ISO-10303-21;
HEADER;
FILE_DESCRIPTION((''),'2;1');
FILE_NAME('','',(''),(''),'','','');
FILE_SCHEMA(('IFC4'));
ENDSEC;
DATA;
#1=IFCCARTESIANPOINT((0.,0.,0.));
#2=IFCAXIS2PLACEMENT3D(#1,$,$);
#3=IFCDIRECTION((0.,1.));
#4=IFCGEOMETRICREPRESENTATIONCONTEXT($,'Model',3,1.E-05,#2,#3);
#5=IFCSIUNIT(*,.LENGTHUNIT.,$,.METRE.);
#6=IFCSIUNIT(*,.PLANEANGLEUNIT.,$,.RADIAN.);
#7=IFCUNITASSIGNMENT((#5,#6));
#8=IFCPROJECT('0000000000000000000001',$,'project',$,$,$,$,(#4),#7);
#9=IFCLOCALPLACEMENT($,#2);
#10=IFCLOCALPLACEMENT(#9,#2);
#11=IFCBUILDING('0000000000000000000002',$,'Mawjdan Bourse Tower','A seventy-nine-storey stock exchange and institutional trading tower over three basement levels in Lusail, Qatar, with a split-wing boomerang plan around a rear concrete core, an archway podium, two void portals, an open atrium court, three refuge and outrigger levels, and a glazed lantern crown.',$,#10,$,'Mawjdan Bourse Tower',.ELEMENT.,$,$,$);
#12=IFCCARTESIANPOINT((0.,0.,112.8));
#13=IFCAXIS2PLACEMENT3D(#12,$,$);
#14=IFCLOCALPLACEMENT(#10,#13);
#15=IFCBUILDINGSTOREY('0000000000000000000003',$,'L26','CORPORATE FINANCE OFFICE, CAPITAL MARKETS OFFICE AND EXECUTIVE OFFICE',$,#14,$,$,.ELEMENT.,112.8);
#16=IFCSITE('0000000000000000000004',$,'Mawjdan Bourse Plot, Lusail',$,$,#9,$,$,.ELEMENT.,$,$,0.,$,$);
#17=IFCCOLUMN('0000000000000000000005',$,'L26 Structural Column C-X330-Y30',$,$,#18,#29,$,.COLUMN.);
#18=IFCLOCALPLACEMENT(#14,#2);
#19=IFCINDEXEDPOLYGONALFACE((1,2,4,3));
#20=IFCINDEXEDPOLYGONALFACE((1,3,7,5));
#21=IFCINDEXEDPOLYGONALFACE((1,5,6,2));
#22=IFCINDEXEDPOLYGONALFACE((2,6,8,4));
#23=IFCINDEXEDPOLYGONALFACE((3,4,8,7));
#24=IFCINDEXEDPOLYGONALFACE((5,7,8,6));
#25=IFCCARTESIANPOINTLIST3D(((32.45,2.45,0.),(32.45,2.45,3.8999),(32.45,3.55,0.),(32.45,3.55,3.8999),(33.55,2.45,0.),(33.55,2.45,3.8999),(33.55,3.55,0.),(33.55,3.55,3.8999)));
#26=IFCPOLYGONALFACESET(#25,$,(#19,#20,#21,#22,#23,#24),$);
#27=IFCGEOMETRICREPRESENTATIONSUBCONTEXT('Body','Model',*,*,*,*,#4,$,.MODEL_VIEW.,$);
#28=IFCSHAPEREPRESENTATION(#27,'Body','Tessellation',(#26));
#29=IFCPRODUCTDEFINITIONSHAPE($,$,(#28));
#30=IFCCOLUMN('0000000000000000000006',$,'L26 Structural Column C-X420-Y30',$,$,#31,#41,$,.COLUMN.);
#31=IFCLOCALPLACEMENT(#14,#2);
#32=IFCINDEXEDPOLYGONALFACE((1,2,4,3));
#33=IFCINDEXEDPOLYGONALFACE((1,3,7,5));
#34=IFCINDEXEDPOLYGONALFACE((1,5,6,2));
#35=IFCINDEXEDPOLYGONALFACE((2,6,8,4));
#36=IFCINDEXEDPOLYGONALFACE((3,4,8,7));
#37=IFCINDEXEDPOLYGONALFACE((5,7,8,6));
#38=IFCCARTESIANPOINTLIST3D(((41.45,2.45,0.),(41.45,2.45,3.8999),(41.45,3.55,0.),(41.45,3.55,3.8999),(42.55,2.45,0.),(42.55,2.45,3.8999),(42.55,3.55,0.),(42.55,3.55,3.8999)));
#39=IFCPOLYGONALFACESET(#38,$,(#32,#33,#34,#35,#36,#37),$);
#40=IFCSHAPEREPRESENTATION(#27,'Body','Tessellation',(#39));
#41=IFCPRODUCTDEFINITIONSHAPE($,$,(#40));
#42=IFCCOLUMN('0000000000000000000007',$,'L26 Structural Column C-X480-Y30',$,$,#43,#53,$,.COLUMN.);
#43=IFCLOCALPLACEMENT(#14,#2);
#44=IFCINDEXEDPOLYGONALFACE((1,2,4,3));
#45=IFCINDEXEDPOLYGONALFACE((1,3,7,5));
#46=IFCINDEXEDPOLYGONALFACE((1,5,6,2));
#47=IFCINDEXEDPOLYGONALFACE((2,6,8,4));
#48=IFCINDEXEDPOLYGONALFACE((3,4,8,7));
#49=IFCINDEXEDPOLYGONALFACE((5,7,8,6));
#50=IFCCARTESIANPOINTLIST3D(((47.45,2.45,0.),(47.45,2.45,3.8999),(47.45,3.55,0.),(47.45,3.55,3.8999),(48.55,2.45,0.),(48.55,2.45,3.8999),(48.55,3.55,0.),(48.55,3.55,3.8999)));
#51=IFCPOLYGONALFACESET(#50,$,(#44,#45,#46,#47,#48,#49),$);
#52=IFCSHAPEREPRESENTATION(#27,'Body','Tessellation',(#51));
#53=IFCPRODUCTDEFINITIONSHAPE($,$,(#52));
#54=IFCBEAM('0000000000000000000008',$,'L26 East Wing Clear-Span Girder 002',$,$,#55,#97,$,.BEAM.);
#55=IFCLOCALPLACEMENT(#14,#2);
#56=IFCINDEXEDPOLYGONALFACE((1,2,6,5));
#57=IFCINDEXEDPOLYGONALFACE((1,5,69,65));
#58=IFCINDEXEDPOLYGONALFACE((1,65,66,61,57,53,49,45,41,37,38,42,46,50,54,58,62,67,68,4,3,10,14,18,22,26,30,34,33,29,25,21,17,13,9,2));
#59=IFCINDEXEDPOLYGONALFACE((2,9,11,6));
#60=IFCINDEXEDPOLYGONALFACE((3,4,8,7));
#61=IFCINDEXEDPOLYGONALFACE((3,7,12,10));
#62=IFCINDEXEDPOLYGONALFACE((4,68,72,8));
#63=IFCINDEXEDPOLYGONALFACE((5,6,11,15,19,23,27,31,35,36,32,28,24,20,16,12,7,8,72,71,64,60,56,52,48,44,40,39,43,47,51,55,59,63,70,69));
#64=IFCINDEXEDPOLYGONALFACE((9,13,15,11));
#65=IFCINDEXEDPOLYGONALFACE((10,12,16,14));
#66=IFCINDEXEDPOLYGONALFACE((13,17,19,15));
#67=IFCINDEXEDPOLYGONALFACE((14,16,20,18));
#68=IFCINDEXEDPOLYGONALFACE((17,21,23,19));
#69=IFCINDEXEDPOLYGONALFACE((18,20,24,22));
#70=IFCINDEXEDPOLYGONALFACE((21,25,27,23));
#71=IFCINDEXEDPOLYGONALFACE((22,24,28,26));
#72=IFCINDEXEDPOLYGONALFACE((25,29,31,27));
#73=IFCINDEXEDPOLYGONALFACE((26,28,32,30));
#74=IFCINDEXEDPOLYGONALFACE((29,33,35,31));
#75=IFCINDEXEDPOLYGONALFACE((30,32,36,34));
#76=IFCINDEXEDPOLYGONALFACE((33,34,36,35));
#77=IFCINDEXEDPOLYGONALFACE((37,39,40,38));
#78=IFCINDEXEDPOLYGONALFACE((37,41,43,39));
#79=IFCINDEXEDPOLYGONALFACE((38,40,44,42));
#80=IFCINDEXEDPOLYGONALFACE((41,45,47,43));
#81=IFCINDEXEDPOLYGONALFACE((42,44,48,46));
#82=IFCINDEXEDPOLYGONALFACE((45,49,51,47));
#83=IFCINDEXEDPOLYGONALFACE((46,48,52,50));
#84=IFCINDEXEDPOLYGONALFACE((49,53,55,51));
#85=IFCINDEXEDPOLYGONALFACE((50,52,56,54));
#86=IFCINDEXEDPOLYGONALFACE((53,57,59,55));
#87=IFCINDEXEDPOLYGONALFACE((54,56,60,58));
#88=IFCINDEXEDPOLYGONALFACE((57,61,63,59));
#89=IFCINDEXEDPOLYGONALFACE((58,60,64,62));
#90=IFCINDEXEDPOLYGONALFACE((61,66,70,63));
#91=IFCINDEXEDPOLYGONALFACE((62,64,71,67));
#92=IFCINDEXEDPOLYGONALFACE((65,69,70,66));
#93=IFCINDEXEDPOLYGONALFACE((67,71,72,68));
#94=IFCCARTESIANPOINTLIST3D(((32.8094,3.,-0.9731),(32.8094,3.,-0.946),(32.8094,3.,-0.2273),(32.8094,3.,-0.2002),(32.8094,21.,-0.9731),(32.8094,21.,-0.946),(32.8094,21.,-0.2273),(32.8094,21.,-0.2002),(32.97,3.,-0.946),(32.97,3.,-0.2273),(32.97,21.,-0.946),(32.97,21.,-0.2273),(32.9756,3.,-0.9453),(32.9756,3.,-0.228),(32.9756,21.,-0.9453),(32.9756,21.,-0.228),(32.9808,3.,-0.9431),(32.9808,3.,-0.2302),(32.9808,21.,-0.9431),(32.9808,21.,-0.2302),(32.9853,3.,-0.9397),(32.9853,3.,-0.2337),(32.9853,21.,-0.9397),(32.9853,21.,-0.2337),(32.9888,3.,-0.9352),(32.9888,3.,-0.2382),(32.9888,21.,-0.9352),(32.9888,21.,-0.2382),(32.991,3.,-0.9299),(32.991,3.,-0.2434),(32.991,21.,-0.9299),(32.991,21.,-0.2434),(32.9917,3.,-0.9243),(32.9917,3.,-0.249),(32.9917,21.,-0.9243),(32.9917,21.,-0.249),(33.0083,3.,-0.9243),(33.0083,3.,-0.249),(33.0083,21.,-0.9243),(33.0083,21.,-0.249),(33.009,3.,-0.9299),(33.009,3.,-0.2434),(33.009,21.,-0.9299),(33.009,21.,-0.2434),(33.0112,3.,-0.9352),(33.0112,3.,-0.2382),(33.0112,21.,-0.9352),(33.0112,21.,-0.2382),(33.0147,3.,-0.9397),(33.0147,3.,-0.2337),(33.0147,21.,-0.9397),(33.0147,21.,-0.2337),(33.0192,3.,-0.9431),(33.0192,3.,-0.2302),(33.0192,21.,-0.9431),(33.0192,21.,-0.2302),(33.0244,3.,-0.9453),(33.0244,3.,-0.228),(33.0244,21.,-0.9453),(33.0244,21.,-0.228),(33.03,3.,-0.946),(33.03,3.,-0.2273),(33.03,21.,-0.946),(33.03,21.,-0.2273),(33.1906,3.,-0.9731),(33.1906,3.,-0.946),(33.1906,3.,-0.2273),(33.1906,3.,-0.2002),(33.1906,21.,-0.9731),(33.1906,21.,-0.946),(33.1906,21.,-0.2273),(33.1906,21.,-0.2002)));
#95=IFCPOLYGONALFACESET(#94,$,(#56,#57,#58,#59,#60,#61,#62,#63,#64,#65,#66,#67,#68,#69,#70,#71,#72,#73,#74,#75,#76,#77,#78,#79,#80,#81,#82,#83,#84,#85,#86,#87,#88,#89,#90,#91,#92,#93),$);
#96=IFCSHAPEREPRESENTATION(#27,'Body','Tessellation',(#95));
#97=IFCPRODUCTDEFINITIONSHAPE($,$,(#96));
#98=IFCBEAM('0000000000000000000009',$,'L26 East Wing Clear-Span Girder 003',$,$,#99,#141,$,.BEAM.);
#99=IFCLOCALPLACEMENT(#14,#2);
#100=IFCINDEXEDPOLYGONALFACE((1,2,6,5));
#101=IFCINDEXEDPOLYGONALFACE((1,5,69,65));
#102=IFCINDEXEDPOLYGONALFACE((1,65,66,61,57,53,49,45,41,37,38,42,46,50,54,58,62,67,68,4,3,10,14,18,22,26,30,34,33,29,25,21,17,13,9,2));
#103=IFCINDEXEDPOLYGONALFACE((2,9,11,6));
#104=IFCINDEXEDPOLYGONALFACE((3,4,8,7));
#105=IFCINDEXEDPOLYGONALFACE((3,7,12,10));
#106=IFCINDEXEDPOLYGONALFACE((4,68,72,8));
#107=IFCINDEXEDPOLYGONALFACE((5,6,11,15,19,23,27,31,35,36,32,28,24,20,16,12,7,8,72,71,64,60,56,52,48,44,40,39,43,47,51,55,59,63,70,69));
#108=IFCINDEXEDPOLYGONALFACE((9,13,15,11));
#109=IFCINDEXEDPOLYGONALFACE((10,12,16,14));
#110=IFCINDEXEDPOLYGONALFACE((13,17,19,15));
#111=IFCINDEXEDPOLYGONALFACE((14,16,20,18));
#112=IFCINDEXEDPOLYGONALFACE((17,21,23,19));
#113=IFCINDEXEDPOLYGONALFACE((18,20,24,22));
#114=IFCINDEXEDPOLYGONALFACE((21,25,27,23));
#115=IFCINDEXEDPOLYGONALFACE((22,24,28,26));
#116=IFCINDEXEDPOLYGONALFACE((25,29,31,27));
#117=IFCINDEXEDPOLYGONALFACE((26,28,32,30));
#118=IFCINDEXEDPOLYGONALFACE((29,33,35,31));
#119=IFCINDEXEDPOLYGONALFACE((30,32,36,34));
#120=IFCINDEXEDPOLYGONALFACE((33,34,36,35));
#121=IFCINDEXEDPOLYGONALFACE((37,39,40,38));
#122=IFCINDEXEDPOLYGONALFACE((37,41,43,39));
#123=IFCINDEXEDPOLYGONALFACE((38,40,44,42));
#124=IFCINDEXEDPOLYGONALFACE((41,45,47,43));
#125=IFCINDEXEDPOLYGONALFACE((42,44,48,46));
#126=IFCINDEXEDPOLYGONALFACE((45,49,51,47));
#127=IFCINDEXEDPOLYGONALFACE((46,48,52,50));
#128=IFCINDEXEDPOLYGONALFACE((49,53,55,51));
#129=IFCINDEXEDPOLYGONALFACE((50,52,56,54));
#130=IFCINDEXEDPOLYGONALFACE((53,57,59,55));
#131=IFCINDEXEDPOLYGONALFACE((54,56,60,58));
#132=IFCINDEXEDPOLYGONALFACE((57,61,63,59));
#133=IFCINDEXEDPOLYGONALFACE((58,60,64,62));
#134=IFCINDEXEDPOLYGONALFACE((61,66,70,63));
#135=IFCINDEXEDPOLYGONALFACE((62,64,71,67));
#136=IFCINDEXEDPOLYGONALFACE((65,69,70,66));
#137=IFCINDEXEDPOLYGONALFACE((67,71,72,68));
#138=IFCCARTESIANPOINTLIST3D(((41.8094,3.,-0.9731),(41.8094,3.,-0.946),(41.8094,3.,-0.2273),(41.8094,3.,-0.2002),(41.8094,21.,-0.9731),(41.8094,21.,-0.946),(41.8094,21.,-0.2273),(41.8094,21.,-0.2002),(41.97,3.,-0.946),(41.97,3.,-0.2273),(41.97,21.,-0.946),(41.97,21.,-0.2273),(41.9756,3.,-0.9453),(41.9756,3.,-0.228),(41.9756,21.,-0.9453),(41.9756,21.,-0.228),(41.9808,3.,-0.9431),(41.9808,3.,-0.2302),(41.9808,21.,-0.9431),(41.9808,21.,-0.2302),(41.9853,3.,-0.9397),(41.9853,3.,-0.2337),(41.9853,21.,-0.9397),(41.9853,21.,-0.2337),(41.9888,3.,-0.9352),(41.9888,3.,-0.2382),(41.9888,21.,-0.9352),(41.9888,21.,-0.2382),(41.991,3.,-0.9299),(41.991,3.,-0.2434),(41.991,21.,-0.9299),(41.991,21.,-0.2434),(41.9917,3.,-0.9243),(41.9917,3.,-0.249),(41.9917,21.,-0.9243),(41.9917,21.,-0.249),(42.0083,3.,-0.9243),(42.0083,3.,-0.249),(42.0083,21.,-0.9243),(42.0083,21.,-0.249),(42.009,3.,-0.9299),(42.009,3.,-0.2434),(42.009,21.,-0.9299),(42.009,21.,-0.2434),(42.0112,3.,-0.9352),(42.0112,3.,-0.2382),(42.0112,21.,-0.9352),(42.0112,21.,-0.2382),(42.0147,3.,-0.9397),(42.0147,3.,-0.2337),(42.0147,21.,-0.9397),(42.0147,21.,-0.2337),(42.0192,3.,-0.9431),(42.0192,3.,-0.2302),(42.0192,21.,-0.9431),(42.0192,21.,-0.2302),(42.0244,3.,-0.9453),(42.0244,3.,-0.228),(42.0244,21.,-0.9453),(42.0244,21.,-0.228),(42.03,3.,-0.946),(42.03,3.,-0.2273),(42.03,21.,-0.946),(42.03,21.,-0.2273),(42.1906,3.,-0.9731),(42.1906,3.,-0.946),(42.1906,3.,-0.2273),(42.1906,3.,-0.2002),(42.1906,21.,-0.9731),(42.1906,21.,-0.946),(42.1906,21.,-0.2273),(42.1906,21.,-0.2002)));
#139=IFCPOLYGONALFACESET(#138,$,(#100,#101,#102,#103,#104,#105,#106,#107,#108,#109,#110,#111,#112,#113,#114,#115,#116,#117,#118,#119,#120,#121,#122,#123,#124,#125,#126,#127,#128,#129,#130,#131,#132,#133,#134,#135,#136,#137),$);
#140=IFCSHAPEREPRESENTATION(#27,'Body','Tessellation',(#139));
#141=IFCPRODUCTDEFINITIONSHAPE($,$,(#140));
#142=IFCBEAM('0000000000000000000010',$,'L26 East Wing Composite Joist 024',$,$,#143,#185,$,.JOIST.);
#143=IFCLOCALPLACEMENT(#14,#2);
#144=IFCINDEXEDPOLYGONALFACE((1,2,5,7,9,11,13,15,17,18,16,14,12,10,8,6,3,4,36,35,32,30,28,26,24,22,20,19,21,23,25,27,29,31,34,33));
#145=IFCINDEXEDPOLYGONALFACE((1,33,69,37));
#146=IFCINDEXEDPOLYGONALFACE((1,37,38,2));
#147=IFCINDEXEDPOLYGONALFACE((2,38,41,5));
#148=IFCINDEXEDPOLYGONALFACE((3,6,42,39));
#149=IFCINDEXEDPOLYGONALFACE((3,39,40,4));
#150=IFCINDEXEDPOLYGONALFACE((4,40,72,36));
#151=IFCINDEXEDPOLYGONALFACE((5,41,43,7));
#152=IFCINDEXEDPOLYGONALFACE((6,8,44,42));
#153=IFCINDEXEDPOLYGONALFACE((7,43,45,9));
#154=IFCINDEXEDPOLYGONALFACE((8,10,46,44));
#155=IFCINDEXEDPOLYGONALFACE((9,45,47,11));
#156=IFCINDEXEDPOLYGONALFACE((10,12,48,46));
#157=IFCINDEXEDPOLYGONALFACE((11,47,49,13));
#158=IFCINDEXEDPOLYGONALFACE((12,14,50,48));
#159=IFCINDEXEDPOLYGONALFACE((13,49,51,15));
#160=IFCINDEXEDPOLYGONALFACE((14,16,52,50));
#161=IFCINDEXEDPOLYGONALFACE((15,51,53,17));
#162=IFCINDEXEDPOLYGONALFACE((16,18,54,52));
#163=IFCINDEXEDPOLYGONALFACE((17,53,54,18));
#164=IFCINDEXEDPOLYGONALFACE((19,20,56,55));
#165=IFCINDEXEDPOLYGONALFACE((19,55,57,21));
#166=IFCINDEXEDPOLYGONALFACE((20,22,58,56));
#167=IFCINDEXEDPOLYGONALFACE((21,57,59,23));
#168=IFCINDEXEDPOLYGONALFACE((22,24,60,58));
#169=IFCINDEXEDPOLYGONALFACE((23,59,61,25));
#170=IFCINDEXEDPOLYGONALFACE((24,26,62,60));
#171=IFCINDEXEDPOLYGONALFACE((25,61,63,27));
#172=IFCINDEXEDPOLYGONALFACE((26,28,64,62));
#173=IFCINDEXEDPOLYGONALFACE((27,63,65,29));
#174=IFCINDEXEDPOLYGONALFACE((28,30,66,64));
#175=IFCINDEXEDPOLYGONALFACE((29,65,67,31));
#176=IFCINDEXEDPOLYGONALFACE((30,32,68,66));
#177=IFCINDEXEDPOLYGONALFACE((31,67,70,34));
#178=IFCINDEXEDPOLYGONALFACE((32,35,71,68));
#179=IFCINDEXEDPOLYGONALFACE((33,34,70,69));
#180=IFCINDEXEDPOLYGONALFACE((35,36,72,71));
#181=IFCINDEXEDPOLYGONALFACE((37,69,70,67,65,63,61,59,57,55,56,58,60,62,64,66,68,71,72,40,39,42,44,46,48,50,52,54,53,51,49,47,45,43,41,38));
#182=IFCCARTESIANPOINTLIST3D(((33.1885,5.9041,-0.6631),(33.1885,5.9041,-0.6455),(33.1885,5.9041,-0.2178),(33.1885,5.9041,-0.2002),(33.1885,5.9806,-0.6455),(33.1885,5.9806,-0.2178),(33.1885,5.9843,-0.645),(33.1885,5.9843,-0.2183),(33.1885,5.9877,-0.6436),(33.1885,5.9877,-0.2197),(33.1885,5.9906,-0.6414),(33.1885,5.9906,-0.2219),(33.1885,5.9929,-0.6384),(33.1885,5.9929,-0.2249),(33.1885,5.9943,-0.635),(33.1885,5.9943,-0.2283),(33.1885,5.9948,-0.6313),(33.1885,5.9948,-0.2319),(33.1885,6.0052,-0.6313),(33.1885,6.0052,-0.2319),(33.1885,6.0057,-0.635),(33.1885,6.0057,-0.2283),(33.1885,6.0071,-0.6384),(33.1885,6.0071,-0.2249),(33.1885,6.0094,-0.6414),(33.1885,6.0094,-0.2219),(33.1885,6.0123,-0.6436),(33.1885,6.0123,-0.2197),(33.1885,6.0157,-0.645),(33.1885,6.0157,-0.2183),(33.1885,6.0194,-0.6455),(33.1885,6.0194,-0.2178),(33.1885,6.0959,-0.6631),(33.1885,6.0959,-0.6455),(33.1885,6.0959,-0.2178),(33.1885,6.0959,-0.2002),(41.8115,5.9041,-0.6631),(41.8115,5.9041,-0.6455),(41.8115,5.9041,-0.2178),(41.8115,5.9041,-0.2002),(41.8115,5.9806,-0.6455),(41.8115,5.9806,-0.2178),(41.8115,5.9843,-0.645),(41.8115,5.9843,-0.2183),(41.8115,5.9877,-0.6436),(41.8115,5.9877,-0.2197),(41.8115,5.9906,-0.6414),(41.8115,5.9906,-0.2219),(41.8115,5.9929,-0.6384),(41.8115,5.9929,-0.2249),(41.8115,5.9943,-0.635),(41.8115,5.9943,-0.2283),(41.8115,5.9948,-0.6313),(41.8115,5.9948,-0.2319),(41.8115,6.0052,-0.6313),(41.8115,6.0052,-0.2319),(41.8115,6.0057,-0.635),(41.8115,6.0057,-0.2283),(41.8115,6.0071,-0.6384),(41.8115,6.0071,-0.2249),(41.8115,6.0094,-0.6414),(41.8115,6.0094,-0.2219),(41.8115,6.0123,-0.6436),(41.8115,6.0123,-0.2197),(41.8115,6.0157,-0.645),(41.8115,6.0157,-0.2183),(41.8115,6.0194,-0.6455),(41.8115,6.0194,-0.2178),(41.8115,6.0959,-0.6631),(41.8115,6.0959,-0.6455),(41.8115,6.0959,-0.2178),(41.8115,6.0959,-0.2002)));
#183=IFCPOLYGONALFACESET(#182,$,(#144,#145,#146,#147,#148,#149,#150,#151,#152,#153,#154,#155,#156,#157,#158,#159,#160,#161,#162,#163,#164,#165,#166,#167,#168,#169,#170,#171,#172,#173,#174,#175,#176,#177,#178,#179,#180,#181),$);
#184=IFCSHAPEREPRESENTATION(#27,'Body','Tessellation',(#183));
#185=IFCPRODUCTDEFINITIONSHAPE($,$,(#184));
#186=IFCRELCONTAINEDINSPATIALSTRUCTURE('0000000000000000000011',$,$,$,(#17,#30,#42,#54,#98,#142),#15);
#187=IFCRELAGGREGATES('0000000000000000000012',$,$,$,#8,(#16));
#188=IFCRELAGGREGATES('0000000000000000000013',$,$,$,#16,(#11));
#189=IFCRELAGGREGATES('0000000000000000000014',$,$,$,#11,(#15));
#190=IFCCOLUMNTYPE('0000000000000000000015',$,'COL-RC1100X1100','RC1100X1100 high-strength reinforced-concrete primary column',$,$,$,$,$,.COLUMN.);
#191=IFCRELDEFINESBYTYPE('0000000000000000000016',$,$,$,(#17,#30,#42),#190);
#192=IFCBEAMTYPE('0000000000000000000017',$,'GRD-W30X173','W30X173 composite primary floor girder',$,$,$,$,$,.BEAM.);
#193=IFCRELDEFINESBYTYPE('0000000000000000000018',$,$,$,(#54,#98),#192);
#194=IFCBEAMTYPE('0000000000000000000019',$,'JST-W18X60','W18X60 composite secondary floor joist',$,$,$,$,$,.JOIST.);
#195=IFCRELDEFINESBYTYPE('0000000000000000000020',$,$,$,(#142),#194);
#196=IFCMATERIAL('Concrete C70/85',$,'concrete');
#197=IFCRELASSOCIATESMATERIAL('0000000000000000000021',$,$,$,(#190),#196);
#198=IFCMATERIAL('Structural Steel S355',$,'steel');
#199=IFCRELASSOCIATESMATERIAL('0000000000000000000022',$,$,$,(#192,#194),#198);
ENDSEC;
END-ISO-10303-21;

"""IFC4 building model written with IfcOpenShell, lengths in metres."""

from ifc_helpers import new_model, si_unit, direction, frame, origin, origin_2d, place, context, subcontext, project, spatial, rectangle, i_section, extrude, material, material_profile, profile_set, type_object, element, save


model = new_model("IFC4")

# Units and contexts
model_context = context("Model", 3, precision=1e-05, world=origin(), true_north=direction((0.0, 1.0)))
body_context = subcontext(model_context, "Body", "Model", "MODEL_VIEW")
ifc_project = project(units=[si_unit("LENGTHUNIT", "METRE"), si_unit("PLANEANGLEUNIT", "RADIAN")], contexts=[model_context])

# Site, building, storey
site_placement = place(None, origin())
site = spatial("IfcSite", under=ifc_project, at=site_placement, Name="Mawjdan Bourse Plot, Lusail", CompositionType="ELEMENT", RefElevation=0.0)
building_placement = place(site_placement, origin())
building = spatial("IfcBuilding", under=site, at=building_placement, Name="Mawjdan Bourse Tower", Description="A seventy-nine-storey stock exchange and institutional trading tower over three basement levels in Lusail, Qatar, with a split-wing boomerang plan around a rear concrete core, an archway podium, two void portals, an open atrium court, three refuge and outrigger levels, and a glazed lantern crown.", LongName="Mawjdan Bourse Tower", CompositionType="ELEMENT")
storey_placement = place(building_placement, frame((0.0, 0.0, 112.8)))
storey = spatial("IfcBuildingStorey", under=building, at=storey_placement, Name="L26", Description="CORPORATE FINANCE OFFICE, CAPITAL MARKETS OFFICE AND EXECUTIVE OFFICE", CompositionType="ELEMENT", Elevation=112.8)

# Columns
ifc_material_1 = material(Name="Concrete C70/85", Category="concrete")
ifc_material_profile_1 = material_profile(ifc_material_1, rectangle(XDim=1.1001, YDim=1.1001, at=origin_2d()), Name="RC1100X1100")
ifc_profile_set_1 = profile_set([ifc_material_profile_1], Name="Concrete C70/85")
column_type = type_object("IfcColumnType", Name="COL-RC1100X1100", Description="RC1100X1100 high-strength reinforced-concrete primary column", PredefinedType="COLUMN", material=ifc_profile_set_1)
for number, where, z_axis, x_axis, name in (
    (1, (33.0, 3.0, 0.0), (0.0, 0.0, 1.0), (1.0, 0.0, 0.0), "L26 Structural Column C-X330-Y30"),
    (2, (42.0, 3.0, 0.0), (0.0, 0.0, 1.0), (1.0, 0.0, 0.0), "L26 Structural Column C-X420-Y30"),
    (3, (48.0, 3.0, 0.0), (0.0, 0.0, 1.0), (1.0, 0.0, 0.0), "L26 Structural Column C-X480-Y30"),
):
    element("IfcColumn", number, at=place(storey_placement, frame(where, z_axis=z_axis, x_axis=x_axis)), inside=storey, type_object=column_type, Name=name, PredefinedType="COLUMN", context=body_context, shape_type="SweptSolid", body=[
        extrude(rectangle(XDim=1.1001, YDim=1.1001, at=origin_2d()), origin(), (0.0, 0.0, 1.0), 3.8999),
    ])

# Beams
ifc_material_2 = material(Name="Structural Steel S355", Category="steel")
ifc_material_profile_2 = material_profile(ifc_material_2, i_section(OverallWidth=0.3811, OverallDepth=0.7729, WebThickness=0.0166, FlangeThickness=0.0271, FilletRadius=0.0217, at=origin_2d()), Name="W30X173")
ifc_profile_set_2 = profile_set([ifc_material_profile_2], Name="Structural Steel S355")
beam_type_1 = type_object("IfcBeamType", Name="GRD-W30X173", Description="W30X173 composite primary floor girder", PredefinedType="BEAM", material=ifc_profile_set_2)
for number, where, z_axis, x_axis, name in (
    (4, (33.0, 3.0, -0.5867), (0.0, 1.0, 0.0), (-1.0, 0.0, 0.0), "L26 East Wing Clear-Span Girder 002"),
    (5, (42.0, 3.0, -0.5867), (0.0, 1.0, 0.0), (-1.0, 0.0, 0.0), "L26 East Wing Clear-Span Girder 003"),
):
    element("IfcBeam", number, at=place(storey_placement, frame(where, z_axis=z_axis, x_axis=x_axis)), inside=storey, type_object=beam_type_1, Name=name, PredefinedType="BEAM", context=body_context, shape_type="SweptSolid", body=[
        extrude(i_section(OverallWidth=0.3811, OverallDepth=0.7729, WebThickness=0.0166, FlangeThickness=0.0271, FilletRadius=0.0217, at=origin_2d()), origin(), (0.0, 0.0, 1.0), 18.0),
    ])
ifc_material_profile_3 = material_profile(ifc_material_2, i_section(OverallWidth=0.1919, OverallDepth=0.4629, WebThickness=0.0105, FlangeThickness=0.0176, FilletRadius=0.0142, at=origin_2d()), Name="W18X60")
ifc_profile_set_3 = profile_set([ifc_material_profile_3], Name="Structural Steel S355")
beam_type_2 = type_object("IfcBeamType", Name="JST-W18X60", Description="W18X60 composite secondary floor joist", PredefinedType="JOIST", material=ifc_profile_set_3)
beam_1_placement = place(storey_placement, frame((33.1885, 6.0, -0.4316), z_axis=(1.0, 0.0, 0.0), x_axis=(0.0, 1.0, 0.0)))
element("IfcBeam", 6, at=beam_1_placement, inside=storey, type_object=beam_type_2, Name="L26 East Wing Composite Joist 024", PredefinedType="JOIST", context=body_context, shape_type="SweptSolid", body=[
    extrude(i_section(OverallWidth=0.1919, OverallDepth=0.4629, WebThickness=0.0105, FlangeThickness=0.0176, FilletRadius=0.0142, at=origin_2d()), origin(), (0.0, 0.0, 1.0), 8.623),
])

save(model, "model.ifc")
